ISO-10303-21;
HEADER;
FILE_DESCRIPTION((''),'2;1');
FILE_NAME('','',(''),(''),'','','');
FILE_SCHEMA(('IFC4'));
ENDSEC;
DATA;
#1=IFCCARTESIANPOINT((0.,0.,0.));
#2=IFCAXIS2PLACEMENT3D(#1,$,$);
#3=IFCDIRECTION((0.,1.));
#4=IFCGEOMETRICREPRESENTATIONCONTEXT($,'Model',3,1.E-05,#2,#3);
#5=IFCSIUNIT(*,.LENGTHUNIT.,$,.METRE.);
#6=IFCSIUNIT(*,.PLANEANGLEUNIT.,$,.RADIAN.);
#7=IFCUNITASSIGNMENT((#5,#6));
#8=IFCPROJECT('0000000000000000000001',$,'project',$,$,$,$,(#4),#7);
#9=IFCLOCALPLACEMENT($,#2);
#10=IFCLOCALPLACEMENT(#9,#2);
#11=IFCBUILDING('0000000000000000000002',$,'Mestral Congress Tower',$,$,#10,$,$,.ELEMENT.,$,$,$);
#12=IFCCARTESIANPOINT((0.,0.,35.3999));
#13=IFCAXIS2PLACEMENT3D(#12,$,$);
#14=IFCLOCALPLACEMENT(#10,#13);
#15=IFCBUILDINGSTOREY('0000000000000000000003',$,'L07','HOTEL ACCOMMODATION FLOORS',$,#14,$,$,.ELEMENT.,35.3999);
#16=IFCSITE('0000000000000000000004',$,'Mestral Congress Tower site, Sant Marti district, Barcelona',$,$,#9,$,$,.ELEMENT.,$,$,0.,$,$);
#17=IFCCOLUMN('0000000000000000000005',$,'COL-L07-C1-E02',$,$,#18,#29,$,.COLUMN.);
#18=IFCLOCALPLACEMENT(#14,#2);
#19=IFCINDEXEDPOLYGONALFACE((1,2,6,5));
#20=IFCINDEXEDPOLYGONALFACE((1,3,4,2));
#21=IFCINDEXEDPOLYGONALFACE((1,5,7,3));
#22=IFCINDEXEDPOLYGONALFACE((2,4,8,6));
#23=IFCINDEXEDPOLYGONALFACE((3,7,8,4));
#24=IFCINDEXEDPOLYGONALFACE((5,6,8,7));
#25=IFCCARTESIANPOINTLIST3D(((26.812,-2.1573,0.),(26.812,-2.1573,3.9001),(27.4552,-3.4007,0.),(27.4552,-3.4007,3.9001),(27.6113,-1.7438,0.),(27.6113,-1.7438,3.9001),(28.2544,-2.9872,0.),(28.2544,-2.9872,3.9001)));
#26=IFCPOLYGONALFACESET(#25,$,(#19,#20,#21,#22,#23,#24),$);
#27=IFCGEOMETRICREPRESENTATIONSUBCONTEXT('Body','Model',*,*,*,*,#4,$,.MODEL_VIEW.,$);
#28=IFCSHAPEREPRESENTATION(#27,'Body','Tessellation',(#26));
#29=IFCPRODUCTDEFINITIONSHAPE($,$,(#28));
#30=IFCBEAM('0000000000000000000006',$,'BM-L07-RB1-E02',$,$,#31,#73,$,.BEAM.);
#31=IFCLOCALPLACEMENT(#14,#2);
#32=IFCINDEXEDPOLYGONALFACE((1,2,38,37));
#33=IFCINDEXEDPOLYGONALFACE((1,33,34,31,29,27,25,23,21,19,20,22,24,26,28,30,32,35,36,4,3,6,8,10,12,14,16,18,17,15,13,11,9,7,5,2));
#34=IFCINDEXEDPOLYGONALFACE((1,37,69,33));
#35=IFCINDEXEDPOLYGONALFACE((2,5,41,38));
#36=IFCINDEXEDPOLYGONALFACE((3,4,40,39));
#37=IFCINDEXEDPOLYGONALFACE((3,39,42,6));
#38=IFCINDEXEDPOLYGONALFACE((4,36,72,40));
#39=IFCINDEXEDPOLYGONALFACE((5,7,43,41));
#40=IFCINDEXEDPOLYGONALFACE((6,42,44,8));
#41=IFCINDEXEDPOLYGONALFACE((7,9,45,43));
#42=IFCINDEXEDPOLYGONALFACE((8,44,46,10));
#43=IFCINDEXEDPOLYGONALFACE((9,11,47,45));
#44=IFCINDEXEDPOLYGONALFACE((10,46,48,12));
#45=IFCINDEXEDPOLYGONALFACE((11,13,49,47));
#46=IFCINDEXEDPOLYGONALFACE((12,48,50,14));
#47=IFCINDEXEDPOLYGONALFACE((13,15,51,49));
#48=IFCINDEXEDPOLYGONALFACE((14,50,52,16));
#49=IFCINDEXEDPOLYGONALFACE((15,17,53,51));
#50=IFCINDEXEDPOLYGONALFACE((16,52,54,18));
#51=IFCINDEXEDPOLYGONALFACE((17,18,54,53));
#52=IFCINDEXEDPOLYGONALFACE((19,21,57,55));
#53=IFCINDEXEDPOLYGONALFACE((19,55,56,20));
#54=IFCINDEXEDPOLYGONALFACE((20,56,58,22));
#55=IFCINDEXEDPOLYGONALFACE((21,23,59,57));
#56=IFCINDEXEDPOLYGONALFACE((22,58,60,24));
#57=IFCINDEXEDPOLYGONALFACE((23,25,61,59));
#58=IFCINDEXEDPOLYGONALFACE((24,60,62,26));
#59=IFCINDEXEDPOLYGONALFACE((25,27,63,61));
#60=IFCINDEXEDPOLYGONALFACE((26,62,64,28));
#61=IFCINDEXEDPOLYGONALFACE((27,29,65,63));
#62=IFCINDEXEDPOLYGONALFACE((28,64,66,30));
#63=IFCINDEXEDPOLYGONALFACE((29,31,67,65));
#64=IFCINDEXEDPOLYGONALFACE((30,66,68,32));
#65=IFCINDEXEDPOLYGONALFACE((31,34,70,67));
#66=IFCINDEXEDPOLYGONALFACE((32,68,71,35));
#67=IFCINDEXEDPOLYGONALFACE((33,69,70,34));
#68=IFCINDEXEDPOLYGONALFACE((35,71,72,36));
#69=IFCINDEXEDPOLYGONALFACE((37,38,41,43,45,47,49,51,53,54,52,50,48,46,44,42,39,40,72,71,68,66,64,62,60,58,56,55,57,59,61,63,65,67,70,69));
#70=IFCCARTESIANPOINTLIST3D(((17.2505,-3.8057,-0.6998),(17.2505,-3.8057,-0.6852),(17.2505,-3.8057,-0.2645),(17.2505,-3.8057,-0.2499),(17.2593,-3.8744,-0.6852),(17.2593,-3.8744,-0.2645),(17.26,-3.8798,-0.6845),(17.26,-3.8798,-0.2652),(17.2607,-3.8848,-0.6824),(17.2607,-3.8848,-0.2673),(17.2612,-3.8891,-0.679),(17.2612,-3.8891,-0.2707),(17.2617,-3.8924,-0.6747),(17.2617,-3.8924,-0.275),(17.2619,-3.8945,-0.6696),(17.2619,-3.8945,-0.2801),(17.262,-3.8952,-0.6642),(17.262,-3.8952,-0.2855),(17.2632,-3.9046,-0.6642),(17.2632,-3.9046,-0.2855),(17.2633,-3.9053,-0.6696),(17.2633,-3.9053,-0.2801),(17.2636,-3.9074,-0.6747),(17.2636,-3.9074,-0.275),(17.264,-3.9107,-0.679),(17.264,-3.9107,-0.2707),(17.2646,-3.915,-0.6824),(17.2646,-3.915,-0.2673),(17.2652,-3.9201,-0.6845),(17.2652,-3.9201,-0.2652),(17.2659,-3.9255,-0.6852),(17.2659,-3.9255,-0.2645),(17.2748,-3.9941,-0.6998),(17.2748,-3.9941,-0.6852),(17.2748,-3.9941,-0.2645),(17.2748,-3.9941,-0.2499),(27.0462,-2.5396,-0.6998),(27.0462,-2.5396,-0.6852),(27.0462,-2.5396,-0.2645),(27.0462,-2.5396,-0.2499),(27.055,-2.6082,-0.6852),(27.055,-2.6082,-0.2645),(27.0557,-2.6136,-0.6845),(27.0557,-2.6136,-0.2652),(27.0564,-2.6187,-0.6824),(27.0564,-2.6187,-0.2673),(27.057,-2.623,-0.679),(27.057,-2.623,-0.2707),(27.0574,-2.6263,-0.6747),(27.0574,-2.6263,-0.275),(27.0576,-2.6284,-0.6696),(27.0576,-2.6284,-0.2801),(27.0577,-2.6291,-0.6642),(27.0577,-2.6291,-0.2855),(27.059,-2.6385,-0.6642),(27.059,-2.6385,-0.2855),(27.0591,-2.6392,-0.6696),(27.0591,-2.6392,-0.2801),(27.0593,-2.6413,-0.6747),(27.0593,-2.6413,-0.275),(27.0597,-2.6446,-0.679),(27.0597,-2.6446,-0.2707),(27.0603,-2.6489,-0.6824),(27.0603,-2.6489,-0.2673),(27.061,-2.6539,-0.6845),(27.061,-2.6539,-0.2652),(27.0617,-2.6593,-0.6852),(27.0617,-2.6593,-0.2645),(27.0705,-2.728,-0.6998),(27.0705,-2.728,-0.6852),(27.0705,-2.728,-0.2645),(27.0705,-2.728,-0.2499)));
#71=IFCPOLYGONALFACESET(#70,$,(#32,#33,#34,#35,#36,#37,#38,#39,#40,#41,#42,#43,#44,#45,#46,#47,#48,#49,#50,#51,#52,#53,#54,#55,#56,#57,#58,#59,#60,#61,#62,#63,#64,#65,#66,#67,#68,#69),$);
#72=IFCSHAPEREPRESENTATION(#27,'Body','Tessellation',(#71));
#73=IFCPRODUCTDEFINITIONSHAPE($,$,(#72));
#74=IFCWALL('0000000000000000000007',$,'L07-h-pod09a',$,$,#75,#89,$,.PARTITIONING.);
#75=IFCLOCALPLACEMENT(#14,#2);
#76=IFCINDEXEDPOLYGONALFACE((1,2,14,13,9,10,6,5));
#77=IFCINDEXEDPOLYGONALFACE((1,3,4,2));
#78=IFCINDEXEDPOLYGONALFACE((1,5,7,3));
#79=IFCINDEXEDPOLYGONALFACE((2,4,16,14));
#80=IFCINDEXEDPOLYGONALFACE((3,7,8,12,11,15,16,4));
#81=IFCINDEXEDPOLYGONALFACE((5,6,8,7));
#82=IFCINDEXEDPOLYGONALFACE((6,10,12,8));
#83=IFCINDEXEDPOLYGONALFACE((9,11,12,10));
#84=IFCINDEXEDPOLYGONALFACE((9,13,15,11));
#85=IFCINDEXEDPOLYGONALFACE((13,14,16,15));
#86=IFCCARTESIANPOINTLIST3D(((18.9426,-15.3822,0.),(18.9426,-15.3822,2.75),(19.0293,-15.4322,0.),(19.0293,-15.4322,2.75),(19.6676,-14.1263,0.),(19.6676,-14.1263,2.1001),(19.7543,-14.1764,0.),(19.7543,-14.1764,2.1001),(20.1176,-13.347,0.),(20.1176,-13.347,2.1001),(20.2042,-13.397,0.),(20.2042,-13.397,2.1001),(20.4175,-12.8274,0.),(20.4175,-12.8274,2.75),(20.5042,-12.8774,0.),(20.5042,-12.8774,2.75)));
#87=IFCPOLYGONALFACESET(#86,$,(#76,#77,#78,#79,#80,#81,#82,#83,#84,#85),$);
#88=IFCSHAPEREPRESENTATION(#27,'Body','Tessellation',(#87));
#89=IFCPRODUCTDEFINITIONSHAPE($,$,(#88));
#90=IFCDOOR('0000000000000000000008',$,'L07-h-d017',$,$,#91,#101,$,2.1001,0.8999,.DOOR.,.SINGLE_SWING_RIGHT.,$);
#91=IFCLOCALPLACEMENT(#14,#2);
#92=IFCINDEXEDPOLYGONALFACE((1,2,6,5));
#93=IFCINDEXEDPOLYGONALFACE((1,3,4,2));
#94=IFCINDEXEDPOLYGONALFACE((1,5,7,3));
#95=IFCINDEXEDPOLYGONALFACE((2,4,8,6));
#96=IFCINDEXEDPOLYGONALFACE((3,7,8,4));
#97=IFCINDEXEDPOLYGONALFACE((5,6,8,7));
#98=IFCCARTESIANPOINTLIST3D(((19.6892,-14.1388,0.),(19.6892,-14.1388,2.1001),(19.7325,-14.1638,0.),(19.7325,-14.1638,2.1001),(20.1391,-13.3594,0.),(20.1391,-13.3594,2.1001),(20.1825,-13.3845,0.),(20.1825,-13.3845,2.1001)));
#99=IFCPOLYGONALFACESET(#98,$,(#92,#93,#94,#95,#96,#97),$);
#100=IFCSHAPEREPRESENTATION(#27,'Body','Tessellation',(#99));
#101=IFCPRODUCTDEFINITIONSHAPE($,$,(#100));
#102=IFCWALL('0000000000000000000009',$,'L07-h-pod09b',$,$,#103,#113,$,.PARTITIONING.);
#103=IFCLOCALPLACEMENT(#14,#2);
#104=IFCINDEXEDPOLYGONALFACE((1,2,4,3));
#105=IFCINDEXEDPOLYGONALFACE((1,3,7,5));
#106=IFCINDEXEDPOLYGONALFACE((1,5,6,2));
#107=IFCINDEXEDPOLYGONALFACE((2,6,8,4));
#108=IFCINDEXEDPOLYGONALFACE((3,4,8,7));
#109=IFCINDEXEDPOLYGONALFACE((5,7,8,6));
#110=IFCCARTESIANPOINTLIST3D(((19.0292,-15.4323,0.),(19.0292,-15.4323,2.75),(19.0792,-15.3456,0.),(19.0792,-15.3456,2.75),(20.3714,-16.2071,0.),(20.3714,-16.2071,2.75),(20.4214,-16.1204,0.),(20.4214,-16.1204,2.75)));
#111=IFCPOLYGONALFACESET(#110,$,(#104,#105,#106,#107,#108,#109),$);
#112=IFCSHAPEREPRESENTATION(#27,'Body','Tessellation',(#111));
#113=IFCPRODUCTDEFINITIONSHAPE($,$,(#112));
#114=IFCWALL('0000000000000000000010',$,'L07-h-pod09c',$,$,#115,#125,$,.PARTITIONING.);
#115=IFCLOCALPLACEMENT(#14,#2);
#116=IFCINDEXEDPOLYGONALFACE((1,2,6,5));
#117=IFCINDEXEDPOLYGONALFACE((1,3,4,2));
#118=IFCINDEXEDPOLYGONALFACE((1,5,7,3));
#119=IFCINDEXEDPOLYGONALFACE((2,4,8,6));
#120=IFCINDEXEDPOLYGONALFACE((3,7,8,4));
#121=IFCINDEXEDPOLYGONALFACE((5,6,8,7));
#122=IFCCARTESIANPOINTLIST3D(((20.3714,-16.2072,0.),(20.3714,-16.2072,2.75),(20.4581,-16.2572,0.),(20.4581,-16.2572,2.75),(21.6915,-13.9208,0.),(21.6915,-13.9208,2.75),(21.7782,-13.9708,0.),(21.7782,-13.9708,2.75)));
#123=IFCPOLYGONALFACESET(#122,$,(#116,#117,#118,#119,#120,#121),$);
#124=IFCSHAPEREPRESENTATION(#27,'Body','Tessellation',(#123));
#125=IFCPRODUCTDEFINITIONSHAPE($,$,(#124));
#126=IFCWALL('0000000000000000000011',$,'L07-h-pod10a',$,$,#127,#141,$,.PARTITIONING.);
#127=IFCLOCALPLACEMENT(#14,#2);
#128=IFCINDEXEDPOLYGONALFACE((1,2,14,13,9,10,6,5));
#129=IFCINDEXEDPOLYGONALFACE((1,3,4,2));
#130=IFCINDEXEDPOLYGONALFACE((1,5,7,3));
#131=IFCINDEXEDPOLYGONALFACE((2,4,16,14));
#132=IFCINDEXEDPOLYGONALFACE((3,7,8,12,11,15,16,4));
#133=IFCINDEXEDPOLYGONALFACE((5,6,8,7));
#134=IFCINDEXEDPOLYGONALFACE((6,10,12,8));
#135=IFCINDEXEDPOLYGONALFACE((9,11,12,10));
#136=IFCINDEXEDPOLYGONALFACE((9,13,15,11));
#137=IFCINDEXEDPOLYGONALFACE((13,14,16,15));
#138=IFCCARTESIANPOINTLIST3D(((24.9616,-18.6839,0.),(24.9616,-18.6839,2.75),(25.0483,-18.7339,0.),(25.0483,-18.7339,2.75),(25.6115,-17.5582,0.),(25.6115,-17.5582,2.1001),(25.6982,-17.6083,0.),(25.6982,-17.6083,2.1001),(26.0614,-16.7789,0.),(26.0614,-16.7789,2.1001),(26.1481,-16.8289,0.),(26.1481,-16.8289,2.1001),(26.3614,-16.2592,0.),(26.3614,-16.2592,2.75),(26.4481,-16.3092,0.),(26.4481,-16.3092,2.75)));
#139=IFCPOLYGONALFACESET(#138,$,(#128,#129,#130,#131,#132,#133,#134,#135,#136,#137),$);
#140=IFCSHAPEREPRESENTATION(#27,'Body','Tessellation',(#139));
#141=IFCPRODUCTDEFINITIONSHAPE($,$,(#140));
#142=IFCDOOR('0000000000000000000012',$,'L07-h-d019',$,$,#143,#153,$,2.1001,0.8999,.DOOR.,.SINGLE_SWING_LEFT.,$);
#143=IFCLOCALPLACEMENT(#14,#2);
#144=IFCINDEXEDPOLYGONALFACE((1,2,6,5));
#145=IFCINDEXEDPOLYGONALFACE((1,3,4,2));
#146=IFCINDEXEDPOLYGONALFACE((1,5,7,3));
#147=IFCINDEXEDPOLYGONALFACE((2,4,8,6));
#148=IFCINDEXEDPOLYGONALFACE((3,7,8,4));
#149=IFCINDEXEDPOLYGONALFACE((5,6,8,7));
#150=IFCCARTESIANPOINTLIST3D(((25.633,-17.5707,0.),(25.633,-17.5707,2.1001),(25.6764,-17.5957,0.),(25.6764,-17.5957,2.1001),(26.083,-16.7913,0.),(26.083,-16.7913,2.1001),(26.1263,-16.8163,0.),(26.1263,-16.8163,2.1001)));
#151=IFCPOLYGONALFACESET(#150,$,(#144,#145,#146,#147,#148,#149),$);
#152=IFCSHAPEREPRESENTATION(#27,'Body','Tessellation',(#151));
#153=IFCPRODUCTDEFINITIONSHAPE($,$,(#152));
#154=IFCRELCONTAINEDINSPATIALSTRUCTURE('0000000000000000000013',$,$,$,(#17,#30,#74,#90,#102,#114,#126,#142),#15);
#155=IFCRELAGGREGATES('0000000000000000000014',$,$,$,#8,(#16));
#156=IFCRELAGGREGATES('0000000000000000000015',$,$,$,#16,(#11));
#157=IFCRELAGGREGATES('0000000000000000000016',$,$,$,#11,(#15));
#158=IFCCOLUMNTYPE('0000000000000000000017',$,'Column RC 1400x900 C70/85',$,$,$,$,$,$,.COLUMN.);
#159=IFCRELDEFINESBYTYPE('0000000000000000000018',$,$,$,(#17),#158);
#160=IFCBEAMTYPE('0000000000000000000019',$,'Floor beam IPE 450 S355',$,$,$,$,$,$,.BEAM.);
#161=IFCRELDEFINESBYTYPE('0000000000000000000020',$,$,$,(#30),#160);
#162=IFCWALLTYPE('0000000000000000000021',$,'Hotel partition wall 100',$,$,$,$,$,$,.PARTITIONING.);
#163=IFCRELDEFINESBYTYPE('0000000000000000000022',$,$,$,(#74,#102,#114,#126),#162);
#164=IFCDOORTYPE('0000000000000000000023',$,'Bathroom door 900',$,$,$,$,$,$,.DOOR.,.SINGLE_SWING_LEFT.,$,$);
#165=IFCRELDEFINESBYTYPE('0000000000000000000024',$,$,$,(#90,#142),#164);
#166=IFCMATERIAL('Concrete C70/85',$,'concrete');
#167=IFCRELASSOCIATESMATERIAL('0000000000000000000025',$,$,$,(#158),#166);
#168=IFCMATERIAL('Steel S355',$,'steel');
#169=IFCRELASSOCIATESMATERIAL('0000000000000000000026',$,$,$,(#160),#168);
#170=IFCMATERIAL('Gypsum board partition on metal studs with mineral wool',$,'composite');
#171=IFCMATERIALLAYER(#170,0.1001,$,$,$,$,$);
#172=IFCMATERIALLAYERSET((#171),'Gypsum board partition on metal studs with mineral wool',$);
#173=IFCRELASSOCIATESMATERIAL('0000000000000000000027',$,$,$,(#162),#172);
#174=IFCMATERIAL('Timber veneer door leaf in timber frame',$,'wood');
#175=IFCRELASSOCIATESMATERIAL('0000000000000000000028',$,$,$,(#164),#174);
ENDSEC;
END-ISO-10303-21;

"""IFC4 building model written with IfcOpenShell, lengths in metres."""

from ifc_helpers import new_model, si_unit, direction, frame, frame_2d, origin, origin_2d, place, context, subcontext, project, spatial, rectangle, i_section, extrude, material, layer, layer_set, material_profile, profile_set, type_object, element, fill, save


model = new_model("IFC4")

# Units and contexts
model_context = context("Model", 3, precision=1e-05, world=origin(), true_north=direction((0.0, 1.0)))
body_context = subcontext(model_context, "Body", "Model", "MODEL_VIEW")
ifc_project = project(units=[si_unit("LENGTHUNIT", "METRE"), si_unit("PLANEANGLEUNIT", "RADIAN")], contexts=[model_context])

# Site, building, storey
site_placement = place(None, origin())
site = spatial("IfcSite", under=ifc_project, at=site_placement, Name="Mestral Congress Tower site, Sant Marti district, Barcelona", CompositionType="ELEMENT", RefElevation=0.0)
building_placement = place(site_placement, origin())
building = spatial("IfcBuilding", under=site, at=building_placement, Name="Mestral Congress Tower", CompositionType="ELEMENT")
storey_placement = place(building_placement, frame((0.0, 0.0, 35.3999)))
storey = spatial("IfcBuildingStorey", under=building, at=storey_placement, Name="L07", Description="HOTEL ACCOMMODATION FLOORS", CompositionType="ELEMENT", Elevation=35.3999)

# Column
ifc_material_1 = material(Name="Concrete C70/85", Category="concrete")
ifc_material_profile_1 = material_profile(ifc_material_1, rectangle(XDim=1.3999, YDim=0.8999, at=origin_2d()), Name="RC 1400x900")
ifc_profile_set_1 = profile_set([ifc_material_profile_1], Name="Concrete C70/85")
column_type = type_object("IfcColumnType", Name="Column RC 1400x900 C70/85", PredefinedType="COLUMN", material=ifc_profile_set_1)
column_placement = place(storey_placement, frame((27.5332, -2.5723, 0.0), z_axis=(0.0, 0.0, 1.0), x_axis=(-0.459456, 0.888201, 0.0)))
element("IfcColumn", 1, at=column_placement, inside=storey, type_object=column_type, Name="COL-L07-C1-E02", PredefinedType="COLUMN", context=body_context, shape_type="SweptSolid", body=[
    extrude(rectangle(XDim=1.3999, YDim=0.8999, at=origin_2d()), origin(), (0.0, 0.0, 1.0), 3.9001),
])

# Beam
ifc_material_2 = material(Name="Steel S355", Category="steel")
ifc_material_profile_2 = material_profile(ifc_material_2, i_section(OverallWidth=0.1899, OverallDepth=0.45, WebThickness=0.0095, FlangeThickness=0.0146, FilletRadius=0.021, at=origin_2d()), Name="IPE 450")
ifc_profile_set_2 = profile_set([ifc_material_profile_2], Name="Steel S355")
beam_type = type_object("IfcBeamType", Name="Floor beam IPE 450 S355", PredefinedType="BEAM", material=ifc_profile_set_2)
beam_placement = place(storey_placement, frame((27.0583, -2.6338, -0.4749), z_axis=(-0.99175, -0.128186, 0.0), x_axis=(0.128186, -0.99175, 0.0)))
element("IfcBeam", 2, at=beam_placement, inside=storey, type_object=beam_type, Name="BM-L07-RB1-E02", PredefinedType="BEAM", context=body_context, shape_type="SweptSolid", body=[
    extrude(i_section(OverallWidth=0.1899, OverallDepth=0.45, WebThickness=0.0095, FlangeThickness=0.0146, FilletRadius=0.021, at=origin_2d()), origin(), (0.0, 0.0, 1.0), 9.8772),
])

# Wall, opening, door
ifc_material_3 = material(Name="Gypsum board partition on metal studs with mineral wool", Category="composite")
ifc_layer_1 = layer(ifc_material_3, 0.1001)
ifc_layer_set_1 = layer_set([ifc_layer_1], Name="Gypsum board partition on metal studs with mineral wool")
wall_type_1 = type_object("IfcWallType", Name="Hotel partition wall 100", PredefinedType="PARTITIONING", material=ifc_layer_set_1)
wall_1_placement = place(storey_placement, frame((20.4609, -12.8523, 0.0), z_axis=(0.0, 0.0, 1.0), x_axis=(-0.499976, -0.866039, 0.0)))
wall_1 = element("IfcWall", 3, at=wall_1_placement, inside=storey, type_object=wall_type_1, Name="L07-h-pod09a", PredefinedType="PARTITIONING", context=body_context, shape_type="SweptSolid", body=[
    extrude(rectangle(XDim=2.95, YDim=0.1001, at=frame_2d((1.4751, 0.0))), origin(), (0.0, 0.0, 1.0), 2.75),
])
opening_1_placement = place(wall_1_placement, frame((0.6001, 0.0, 0.0)))
opening_1 = element("IfcOpeningElement", 4, at=opening_1_placement, cuts=wall_1, PredefinedType="OPENING", context=body_context, shape_type="SweptSolid", body=[
    extrude(rectangle(XDim=0.8999, YDim=2.1001, at=frame_2d((0.45, 1.05))), frame((0.0, 0.0601, 0.0), z_axis=(0.0, -1.0, 0.0), x_axis=(1.0, 0.0, 0.0)), (0.0, 0.0, 1.0), 0.1201),
])
ifc_material_4 = material(Name="Timber veneer door leaf in timber frame", Category="wood")
door_type_1 = type_object("IfcDoorType", Name="Bathroom door 900", OperationType="SINGLE_SWING_LEFT", PredefinedType="DOOR", material=ifc_material_4)
door_1_placement = place(opening_1_placement, origin())
door_1 = element("IfcDoor", 5, at=door_1_placement, inside=storey, type_object=door_type_1, Name="L07-h-d017", OperationType="SINGLE_SWING_RIGHT", OverallHeight=2.1001, OverallWidth=0.8999, PredefinedType="DOOR", context=body_context, shape_type="SweptSolid", body=[
    extrude(rectangle(XDim=0.8999, YDim=2.1001, at=frame_2d((0.45, 1.05))), frame((0.0, 0.0249, 0.0), z_axis=(0.0, -1.0, 0.0), x_axis=(1.0, 0.0, 0.0)), (0.0, 0.0, 1.0), 0.05),
])
fill(opening_1, door_1)

# Walls
wall_2_placement = place(storey_placement, frame((19.0542, -15.3889, 0.0), z_axis=(0.0, 0.0, 1.0), x_axis=(0.866044, -0.499968, 0.0)))
element("IfcWall", 6, at=wall_2_placement, inside=storey, type_object=wall_type_1, Name="L07-h-pod09b", PredefinedType="PARTITIONING", context=body_context, shape_type="SweptSolid", body=[
    extrude(rectangle(XDim=1.5498, YDim=0.1001, at=frame_2d((0.7749, 0.0))), origin(), (0.0, 0.0, 1.0), 2.75),
])
wall_3_placement = place(storey_placement, frame((21.7349, -13.9458, 0.0), z_axis=(0.0, 0.0, 1.0), x_axis=(-0.500008, -0.866021, 0.0)))
element("IfcWall", 7, at=wall_3_placement, inside=storey, type_object=wall_type_1, Name="L07-h-pod09c", PredefinedType="PARTITIONING", context=body_context, shape_type="SweptSolid", body=[
    extrude(rectangle(XDim=2.6401, YDim=0.1001, at=frame_2d((1.3201, 0.0))), origin(), (0.0, 0.0, 1.0), 2.75),
])

# Wall, opening, door
wall_4_placement = place(storey_placement, frame((26.4048, -16.2842, 0.0), z_axis=(0.0, 0.0, 1.0), x_axis=(-0.499984, -0.866035, 0.0)))
wall_4 = element("IfcWall", 8, at=wall_4_placement, inside=storey, type_object=wall_type_1, Name="L07-h-pod10a", PredefinedType="PARTITIONING", context=body_context, shape_type="SweptSolid", body=[
    extrude(rectangle(XDim=2.7998, YDim=0.1001, at=frame_2d((1.3999, 0.0))), origin(), (0.0, 0.0, 1.0), 2.75),
])
opening_2_placement = place(wall_4_placement, frame((0.6001, 0.0, 0.0)))
opening_2 = element("IfcOpeningElement", 9, at=opening_2_placement, cuts=wall_4, PredefinedType="OPENING", context=body_context, shape_type="SweptSolid", body=[
    extrude(rectangle(XDim=0.8999, YDim=2.1001, at=frame_2d((0.45, 1.05))), frame((0.0, 0.0601, 0.0), z_axis=(0.0, -1.0, 0.0), x_axis=(1.0, 0.0, 0.0)), (0.0, 0.0, 1.0), 0.1201),
])
door_2_placement = place(opening_2_placement, origin())
door_2 = element("IfcDoor", 10, at=door_2_placement, inside=storey, type_object=door_type_1, Name="L07-h-d019", OperationType="SINGLE_SWING_LEFT", OverallHeight=2.1001, OverallWidth=0.8999, PredefinedType="DOOR", context=body_context, shape_type="SweptSolid", body=[
    extrude(rectangle(XDim=0.8999, YDim=2.1001, at=frame_2d((0.45, 1.05))), frame((0.0, 0.0249, 0.0), z_axis=(0.0, -1.0, 0.0), x_axis=(1.0, 0.0, 0.0)), (0.0, 0.0, 1.0), 0.05),
])
fill(opening_2, door_2)

save(model, "model.ifc")
